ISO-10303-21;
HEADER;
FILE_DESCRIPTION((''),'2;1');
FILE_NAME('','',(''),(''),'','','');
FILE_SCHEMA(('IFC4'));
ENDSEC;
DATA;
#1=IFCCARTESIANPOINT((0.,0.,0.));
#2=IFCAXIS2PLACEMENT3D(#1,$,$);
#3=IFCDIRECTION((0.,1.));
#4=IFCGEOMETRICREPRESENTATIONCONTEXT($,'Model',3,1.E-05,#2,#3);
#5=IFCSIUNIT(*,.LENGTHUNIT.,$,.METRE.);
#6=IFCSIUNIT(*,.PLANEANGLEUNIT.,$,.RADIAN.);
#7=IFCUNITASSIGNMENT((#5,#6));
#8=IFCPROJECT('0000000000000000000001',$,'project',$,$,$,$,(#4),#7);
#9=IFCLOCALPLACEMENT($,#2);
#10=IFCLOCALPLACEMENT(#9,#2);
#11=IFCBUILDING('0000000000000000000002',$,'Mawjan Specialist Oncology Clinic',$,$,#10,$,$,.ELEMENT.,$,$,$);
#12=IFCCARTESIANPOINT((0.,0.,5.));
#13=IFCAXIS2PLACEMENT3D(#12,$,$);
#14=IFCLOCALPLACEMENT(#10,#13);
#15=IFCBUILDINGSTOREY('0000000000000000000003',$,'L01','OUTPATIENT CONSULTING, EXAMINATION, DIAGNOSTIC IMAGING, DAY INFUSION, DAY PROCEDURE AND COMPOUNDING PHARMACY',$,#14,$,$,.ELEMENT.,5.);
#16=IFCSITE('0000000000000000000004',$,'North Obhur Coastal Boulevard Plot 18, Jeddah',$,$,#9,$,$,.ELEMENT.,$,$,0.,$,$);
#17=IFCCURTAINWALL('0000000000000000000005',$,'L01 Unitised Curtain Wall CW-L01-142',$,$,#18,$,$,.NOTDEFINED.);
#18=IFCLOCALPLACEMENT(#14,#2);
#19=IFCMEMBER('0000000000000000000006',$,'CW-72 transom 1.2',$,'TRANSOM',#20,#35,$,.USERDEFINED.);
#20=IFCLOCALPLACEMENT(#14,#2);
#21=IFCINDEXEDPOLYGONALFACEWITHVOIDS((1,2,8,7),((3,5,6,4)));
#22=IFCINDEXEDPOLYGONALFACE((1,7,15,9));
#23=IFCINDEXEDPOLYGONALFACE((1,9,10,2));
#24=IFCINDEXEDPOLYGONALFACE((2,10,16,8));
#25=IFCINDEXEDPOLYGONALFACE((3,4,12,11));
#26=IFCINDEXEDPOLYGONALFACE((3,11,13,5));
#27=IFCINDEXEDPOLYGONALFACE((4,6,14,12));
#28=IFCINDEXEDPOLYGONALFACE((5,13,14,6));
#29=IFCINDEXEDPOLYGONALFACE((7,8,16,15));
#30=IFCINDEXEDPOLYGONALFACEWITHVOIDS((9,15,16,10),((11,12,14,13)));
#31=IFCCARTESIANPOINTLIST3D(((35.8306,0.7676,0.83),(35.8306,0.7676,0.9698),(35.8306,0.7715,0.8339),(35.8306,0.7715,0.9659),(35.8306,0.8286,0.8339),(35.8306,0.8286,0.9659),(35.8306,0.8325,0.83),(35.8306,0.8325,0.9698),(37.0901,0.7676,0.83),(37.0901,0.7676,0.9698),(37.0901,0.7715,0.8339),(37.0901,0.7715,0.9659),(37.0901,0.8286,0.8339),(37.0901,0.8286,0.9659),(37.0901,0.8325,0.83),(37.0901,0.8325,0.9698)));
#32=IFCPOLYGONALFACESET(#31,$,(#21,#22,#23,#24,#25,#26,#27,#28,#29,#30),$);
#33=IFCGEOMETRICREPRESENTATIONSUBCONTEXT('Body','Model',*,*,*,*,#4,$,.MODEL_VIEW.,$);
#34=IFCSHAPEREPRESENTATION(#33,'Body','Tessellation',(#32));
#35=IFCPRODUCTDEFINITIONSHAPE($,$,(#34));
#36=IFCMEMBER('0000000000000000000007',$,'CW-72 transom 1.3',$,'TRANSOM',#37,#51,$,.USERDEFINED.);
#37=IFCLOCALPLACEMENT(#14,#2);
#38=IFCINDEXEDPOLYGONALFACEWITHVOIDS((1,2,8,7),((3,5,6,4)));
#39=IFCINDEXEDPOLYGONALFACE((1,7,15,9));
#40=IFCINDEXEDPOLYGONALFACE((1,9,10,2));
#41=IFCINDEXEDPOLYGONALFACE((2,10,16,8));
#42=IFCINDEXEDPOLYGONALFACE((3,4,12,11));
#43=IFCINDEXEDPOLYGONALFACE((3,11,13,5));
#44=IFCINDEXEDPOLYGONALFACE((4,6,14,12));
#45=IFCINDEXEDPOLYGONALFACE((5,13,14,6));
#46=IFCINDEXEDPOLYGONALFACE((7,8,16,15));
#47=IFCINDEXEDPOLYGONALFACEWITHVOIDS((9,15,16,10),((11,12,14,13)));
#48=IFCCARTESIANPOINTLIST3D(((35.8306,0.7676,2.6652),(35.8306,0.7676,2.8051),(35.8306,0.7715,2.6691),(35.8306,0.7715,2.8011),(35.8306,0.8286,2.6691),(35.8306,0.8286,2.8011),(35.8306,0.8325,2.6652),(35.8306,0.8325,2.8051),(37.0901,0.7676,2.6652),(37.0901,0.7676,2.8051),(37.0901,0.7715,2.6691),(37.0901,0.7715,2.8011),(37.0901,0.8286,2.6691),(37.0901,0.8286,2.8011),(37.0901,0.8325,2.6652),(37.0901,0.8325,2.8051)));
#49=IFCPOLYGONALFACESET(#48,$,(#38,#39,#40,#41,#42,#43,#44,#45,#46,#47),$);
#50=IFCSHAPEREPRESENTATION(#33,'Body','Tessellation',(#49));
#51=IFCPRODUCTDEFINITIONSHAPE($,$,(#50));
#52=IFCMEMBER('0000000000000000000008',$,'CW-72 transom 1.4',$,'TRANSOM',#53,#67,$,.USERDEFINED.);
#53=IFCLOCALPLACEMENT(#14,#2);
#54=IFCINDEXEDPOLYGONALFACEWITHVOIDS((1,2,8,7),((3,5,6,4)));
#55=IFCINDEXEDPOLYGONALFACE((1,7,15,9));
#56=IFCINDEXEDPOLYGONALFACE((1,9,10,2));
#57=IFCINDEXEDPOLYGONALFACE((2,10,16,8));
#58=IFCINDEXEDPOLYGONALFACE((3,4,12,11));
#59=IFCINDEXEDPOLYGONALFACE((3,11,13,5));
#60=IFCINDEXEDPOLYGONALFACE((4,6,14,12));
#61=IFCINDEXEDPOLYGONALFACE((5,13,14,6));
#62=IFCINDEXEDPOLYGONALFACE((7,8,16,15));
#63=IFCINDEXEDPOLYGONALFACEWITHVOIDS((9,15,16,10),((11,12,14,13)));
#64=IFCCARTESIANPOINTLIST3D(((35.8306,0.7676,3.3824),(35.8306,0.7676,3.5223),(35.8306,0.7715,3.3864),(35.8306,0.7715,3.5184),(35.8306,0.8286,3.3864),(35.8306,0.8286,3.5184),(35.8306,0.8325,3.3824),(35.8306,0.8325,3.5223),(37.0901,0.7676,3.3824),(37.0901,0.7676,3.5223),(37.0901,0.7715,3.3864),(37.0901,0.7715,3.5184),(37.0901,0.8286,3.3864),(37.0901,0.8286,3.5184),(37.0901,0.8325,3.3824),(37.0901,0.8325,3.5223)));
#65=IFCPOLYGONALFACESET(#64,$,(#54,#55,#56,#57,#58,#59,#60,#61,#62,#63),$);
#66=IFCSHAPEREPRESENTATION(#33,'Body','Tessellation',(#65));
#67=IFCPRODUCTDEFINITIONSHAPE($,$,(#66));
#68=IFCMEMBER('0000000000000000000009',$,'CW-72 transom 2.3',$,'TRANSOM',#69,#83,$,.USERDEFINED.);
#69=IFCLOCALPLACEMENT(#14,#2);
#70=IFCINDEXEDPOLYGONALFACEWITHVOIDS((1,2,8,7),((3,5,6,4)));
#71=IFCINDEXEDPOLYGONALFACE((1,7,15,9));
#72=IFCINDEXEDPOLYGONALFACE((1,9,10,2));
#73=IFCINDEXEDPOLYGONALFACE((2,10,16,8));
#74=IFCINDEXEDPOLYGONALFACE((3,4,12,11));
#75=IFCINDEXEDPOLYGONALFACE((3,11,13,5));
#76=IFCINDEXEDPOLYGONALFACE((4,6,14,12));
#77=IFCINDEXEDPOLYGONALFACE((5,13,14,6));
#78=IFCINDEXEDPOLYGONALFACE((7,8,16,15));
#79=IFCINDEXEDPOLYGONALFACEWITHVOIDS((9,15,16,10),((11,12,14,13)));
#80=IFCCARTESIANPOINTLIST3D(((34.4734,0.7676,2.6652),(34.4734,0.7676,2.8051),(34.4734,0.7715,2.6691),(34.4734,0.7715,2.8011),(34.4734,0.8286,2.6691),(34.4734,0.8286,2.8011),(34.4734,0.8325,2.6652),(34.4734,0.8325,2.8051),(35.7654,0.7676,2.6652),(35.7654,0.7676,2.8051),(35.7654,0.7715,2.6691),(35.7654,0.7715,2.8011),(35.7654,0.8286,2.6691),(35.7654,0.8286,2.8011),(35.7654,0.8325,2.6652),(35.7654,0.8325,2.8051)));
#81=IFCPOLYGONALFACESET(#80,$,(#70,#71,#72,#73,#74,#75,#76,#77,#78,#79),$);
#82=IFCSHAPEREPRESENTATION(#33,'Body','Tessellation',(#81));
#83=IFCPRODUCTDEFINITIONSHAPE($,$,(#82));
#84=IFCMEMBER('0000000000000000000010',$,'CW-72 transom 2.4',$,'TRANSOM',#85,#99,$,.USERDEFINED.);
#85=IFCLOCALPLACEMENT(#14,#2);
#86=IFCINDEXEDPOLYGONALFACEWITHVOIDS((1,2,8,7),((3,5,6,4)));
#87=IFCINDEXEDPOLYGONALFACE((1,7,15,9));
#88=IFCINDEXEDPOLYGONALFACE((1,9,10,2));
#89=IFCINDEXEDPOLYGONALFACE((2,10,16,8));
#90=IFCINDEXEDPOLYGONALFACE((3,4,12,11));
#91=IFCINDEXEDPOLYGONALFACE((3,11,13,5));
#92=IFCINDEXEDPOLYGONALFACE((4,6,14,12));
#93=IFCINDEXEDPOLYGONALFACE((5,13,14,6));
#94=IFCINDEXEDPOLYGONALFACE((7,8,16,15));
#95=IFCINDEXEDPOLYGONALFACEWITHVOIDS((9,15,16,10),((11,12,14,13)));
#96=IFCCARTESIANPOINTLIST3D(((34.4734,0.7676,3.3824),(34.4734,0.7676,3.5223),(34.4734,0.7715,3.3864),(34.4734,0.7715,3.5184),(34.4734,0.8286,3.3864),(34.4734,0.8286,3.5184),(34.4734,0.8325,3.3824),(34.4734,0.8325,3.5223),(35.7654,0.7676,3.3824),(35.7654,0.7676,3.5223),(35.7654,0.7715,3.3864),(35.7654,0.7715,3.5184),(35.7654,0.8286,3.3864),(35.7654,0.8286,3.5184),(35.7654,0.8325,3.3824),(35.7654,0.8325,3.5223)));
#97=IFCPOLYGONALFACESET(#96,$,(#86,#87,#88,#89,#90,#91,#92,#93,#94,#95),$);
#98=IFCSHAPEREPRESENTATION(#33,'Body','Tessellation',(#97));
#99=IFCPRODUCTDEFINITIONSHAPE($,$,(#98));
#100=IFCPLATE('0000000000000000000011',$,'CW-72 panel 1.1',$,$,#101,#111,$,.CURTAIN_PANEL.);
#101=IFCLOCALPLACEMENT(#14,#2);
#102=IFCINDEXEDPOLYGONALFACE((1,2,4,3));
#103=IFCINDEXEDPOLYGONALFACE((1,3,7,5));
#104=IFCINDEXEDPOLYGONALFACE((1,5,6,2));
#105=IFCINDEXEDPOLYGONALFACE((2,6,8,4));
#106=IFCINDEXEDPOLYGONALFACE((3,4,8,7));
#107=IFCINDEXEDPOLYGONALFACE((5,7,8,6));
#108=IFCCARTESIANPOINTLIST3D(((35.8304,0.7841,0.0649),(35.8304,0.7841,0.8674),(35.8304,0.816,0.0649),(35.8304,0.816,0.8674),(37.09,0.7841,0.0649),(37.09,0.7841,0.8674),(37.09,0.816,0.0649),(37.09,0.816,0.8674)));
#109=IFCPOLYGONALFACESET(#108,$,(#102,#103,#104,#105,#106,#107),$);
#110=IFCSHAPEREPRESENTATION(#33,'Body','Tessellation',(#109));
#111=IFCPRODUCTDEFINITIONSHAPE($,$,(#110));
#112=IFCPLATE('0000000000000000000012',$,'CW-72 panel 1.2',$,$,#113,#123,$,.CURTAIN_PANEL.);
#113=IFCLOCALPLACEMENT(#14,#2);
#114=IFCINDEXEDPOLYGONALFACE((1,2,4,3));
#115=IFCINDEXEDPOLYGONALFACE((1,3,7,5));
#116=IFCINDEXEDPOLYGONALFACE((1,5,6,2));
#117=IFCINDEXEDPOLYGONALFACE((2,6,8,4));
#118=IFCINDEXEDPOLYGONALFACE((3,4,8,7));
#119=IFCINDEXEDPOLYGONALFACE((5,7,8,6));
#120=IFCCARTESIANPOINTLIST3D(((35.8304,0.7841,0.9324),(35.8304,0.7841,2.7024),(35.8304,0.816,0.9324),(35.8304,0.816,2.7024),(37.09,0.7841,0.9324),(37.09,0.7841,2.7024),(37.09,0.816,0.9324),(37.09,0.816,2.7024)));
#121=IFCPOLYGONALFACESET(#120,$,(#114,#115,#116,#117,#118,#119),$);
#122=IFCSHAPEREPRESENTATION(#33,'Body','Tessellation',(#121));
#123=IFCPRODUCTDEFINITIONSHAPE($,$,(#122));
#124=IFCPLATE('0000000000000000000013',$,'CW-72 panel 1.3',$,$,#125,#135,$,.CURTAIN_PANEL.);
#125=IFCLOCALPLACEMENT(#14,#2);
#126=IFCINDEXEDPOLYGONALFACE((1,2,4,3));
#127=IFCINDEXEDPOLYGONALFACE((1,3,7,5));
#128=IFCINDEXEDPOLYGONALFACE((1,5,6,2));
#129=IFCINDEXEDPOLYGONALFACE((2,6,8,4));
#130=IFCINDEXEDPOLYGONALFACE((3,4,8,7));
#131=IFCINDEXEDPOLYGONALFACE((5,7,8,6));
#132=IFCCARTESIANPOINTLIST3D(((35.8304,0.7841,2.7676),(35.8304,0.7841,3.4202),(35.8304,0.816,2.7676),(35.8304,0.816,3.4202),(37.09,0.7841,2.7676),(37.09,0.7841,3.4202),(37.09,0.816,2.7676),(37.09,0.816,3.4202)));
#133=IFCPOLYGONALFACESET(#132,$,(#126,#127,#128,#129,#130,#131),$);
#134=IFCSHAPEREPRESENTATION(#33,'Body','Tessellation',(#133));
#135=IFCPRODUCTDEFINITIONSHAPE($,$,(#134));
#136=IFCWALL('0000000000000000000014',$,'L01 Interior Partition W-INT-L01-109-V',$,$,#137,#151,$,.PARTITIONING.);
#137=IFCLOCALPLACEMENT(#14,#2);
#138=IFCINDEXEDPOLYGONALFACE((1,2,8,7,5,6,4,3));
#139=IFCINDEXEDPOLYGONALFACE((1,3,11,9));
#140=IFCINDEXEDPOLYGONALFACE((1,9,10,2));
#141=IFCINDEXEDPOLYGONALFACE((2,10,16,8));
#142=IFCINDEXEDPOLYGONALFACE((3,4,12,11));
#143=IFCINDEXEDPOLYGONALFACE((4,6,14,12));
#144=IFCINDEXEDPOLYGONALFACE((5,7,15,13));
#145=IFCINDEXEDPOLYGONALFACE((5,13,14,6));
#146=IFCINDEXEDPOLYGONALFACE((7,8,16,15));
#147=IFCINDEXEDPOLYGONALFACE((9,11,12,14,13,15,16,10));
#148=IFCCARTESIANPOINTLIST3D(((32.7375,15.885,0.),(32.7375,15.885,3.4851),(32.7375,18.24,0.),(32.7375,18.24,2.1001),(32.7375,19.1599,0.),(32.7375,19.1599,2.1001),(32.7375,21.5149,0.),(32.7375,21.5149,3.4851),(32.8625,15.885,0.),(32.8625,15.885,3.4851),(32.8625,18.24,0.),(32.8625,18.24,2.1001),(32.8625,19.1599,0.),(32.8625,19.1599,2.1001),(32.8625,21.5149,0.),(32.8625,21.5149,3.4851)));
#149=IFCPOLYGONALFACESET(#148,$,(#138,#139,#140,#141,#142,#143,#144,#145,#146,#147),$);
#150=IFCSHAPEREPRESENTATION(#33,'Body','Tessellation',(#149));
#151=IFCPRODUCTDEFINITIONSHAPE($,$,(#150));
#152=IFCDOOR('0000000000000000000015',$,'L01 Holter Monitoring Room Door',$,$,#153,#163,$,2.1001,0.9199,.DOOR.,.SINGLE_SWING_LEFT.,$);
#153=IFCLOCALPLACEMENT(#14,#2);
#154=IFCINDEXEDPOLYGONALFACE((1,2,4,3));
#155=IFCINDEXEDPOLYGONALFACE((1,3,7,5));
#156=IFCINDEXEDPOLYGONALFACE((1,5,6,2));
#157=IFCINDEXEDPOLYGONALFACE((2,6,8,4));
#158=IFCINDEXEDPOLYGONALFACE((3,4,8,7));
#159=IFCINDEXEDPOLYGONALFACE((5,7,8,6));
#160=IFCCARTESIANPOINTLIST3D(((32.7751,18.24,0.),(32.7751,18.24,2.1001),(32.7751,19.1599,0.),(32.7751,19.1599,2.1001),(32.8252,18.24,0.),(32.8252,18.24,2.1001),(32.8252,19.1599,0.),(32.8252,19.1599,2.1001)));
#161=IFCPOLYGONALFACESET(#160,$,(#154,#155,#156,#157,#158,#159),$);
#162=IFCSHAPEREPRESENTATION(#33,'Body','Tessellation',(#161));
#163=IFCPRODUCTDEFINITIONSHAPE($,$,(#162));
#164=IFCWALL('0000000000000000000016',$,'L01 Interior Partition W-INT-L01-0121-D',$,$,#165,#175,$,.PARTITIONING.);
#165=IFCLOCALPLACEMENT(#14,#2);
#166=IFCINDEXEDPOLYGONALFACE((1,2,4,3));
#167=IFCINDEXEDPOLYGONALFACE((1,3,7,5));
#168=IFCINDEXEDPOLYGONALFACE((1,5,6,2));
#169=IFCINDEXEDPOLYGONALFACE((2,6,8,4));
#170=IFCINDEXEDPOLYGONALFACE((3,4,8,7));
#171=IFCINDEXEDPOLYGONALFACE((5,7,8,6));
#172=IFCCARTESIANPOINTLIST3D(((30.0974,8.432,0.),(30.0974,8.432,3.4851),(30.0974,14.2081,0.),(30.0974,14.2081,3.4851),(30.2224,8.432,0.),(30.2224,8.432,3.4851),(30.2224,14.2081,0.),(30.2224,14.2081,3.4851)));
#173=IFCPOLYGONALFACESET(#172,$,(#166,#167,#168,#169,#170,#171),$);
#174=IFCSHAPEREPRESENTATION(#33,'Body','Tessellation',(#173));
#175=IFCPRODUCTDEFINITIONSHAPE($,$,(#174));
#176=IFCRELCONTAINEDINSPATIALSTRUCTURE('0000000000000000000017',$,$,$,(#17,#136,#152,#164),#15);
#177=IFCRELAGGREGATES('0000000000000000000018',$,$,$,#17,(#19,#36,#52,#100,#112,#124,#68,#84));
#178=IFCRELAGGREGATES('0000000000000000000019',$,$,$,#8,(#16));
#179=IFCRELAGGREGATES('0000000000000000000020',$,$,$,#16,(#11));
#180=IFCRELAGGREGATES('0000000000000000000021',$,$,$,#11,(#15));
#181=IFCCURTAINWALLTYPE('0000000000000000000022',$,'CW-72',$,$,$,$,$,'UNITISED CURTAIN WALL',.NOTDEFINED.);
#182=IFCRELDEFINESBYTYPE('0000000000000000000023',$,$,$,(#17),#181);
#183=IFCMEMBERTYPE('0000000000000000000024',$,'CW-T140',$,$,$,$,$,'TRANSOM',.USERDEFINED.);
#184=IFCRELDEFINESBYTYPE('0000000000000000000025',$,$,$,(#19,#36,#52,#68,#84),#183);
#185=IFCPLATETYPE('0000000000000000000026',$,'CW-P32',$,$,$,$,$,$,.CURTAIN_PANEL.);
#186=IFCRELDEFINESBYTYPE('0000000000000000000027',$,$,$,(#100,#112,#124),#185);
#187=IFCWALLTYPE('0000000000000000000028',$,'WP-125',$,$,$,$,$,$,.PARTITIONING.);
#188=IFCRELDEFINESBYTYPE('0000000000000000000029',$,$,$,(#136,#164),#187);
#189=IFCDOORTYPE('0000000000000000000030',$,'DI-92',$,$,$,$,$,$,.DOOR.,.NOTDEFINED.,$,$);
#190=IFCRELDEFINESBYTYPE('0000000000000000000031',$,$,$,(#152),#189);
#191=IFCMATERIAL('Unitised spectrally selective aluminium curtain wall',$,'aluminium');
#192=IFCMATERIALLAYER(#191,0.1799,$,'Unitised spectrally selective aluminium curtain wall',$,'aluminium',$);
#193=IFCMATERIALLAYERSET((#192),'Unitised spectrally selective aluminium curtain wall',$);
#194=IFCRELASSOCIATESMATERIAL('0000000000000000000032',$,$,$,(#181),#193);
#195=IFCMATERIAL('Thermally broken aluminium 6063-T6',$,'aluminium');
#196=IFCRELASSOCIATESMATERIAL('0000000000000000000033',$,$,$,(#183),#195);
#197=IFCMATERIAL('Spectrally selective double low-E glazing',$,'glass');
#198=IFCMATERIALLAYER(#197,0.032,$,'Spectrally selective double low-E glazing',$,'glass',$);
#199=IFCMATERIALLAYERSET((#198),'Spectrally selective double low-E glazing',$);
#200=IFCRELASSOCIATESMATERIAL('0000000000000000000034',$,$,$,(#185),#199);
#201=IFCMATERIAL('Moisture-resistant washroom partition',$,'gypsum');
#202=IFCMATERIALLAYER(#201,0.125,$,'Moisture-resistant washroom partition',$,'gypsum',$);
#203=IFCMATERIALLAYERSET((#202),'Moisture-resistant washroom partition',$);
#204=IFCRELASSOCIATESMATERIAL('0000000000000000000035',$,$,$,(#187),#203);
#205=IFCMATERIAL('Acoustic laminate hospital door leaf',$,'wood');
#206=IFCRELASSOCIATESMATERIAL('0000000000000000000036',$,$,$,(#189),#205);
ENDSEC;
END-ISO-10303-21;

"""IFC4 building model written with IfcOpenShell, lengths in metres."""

from ifc_helpers import new_model, si_unit, direction, frame, frame_2d, origin, origin_2d, place, context, subcontext, project, spatial, rectangle, hollow_rectangle, extrude, material, layer, layer_set, material_profile, profile_set, type_object, element, fill, aggregate, save


model = new_model("IFC4")

# Units and contexts
model_context = context("Model", 3, precision=1e-05, world=origin(), true_north=direction((0.0, 1.0)))
body_context = subcontext(model_context, "Body", "Model", "MODEL_VIEW")
ifc_project = project(units=[si_unit("LENGTHUNIT", "METRE"), si_unit("PLANEANGLEUNIT", "RADIAN")], contexts=[model_context])

# Site, building, storey
site_placement = place(None, origin())
site = spatial("IfcSite", under=ifc_project, at=site_placement, Name="North Obhur Coastal Boulevard Plot 18, Jeddah", CompositionType="ELEMENT", RefElevation=0.0)
building_placement = place(site_placement, origin())
building = spatial("IfcBuilding", under=site, at=building_placement, Name="Mawjan Specialist Oncology Clinic", CompositionType="ELEMENT")
storey_placement = place(building_placement, frame((0.0, 0.0, 5.0)))
storey = spatial("IfcBuildingStorey", under=building, at=storey_placement, Name="L01", Description="OUTPATIENT CONSULTING, EXAMINATION, DIAGNOSTIC IMAGING, DAY INFUSION, DAY PROCEDURE AND COMPOUNDING PHARMACY", CompositionType="ELEMENT", Elevation=5.0)

# Curtain wall, members, plates
ifc_material_1 = material(Name="Unitised spectrally selective aluminium curtain wall", Category="aluminium")
ifc_layer_1 = layer(ifc_material_1, 0.1799, Name="Unitised spectrally selective aluminium curtain wall", Category="aluminium")
ifc_layer_set_1 = layer_set([ifc_layer_1], Name="Unitised spectrally selective aluminium curtain wall")
curtain_wall_type = type_object("IfcCurtainWallType", Name="CW-72", ElementType="UNITISED CURTAIN WALL", PredefinedType="NOTDEFINED", material=ifc_layer_set_1)
curtain_wall_placement = place(storey_placement, origin())
curtain_wall = element("IfcCurtainWall", 1, at=curtain_wall_placement, inside=storey, type_object=curtain_wall_type, Name="L01 Unitised Curtain Wall CW-L01-142", PredefinedType="NOTDEFINED")
ifc_material_2 = material(Name="Thermally broken aluminium 6063-T6", Category="aluminium")
ifc_material_profile_1 = material_profile(ifc_material_2, hollow_rectangle(XDim=0.0649, YDim=0.1399, WallThickness=0.0039, at=origin_2d()), Name="ALU TRANSOM 140x65x4", Category="aluminium")
ifc_profile_set_1 = profile_set([ifc_material_profile_1], Name="Thermally broken aluminium 6063-T6")
member_type_1 = type_object("IfcMemberType", Name="CW-T140", ElementType="TRANSOM", PredefinedType="USERDEFINED", material=ifc_profile_set_1)
member_1_placement = place(storey_placement, frame((37.0901, 0.8, 0.8999), z_axis=(-1.0, 0.0, 0.0), x_axis=(0.0, -1.0, 0.0)))
member_1 = element("IfcMember", 2, at=member_1_placement, type_object=member_type_1, Name="CW-72 transom 1.2", ObjectType="TRANSOM", PredefinedType="USERDEFINED", context=body_context, shape_type="SweptSolid", body=[
    extrude(hollow_rectangle(XDim=0.0649, YDim=0.1399, WallThickness=0.0039, at=origin_2d()), origin(), (0.0, 0.0, 1.0), 1.2595),
])
member_2_placement = place(storey_placement, frame((37.0901, 0.8, 2.7351), z_axis=(-1.0, 0.0, 0.0), x_axis=(0.0, -1.0, 0.0)))
member_2 = element("IfcMember", 3, at=member_2_placement, type_object=member_type_1, Name="CW-72 transom 1.3", ObjectType="TRANSOM", PredefinedType="USERDEFINED", context=body_context, shape_type="SweptSolid", body=[
    extrude(hollow_rectangle(XDim=0.0649, YDim=0.1399, WallThickness=0.0039, at=origin_2d()), origin(), (0.0, 0.0, 1.0), 1.2595),
])
member_3_placement = place(storey_placement, frame((37.0901, 0.8, 3.4524), z_axis=(-1.0, 0.0, 0.0), x_axis=(0.0, -1.0, 0.0)))
member_3 = element("IfcMember", 4, at=member_3_placement, type_object=member_type_1, Name="CW-72 transom 1.4", ObjectType="TRANSOM", PredefinedType="USERDEFINED", context=body_context, shape_type="SweptSolid", body=[
    extrude(hollow_rectangle(XDim=0.0649, YDim=0.1399, WallThickness=0.0039, at=origin_2d()), origin(), (0.0, 0.0, 1.0), 1.2595),
])
member_4_placement = place(storey_placement, frame((35.7654, 0.8, 2.7351), z_axis=(-1.0, 0.0, 0.0), x_axis=(0.0, -1.0, 0.0)))
member_4 = element("IfcMember", 5, at=member_4_placement, type_object=member_type_1, Name="CW-72 transom 2.3", ObjectType="TRANSOM", PredefinedType="USERDEFINED", context=body_context, shape_type="SweptSolid", body=[
    extrude(hollow_rectangle(XDim=0.0649, YDim=0.1399, WallThickness=0.0039, at=origin_2d()), origin(), (0.0, 0.0, 1.0), 1.292),
])
member_5_placement = place(storey_placement, frame((35.7654, 0.8, 3.4524), z_axis=(-1.0, 0.0, 0.0), x_axis=(0.0, -1.0, 0.0)))
member_5 = element("IfcMember", 6, at=member_5_placement, type_object=member_type_1, Name="CW-72 transom 2.4", ObjectType="TRANSOM", PredefinedType="USERDEFINED", context=body_context, shape_type="SweptSolid", body=[
    extrude(hollow_rectangle(XDim=0.0649, YDim=0.1399, WallThickness=0.0039, at=origin_2d()), origin(), (0.0, 0.0, 1.0), 1.292),
])
ifc_material_3 = material(Name="Spectrally selective double low-E glazing", Category="glass")
ifc_layer_2 = layer(ifc_material_3, 0.032, Name="Spectrally selective double low-E glazing", Category="glass")
ifc_layer_set_2 = layer_set([ifc_layer_2], Name="Spectrally selective double low-E glazing")
plate_type = type_object("IfcPlateType", Name="CW-P32", PredefinedType="CURTAIN_PANEL", material=ifc_layer_set_2)
plate_1_placement = place(storey_placement, frame((36.4602, 0.8, 0.0649), z_axis=(0.0, 0.0, 1.0), x_axis=(-1.0, 0.0, 0.0)))
plate_1 = element("IfcPlate", 7, at=plate_1_placement, type_object=plate_type, Name="CW-72 panel 1.1", PredefinedType="CURTAIN_PANEL", context=body_context, shape_type="SweptSolid", body=[
    extrude(rectangle(XDim=1.2595, YDim=0.032, at=origin_2d()), origin(), (0.0, 0.0, 1.0), 0.8025),
])
plate_2_placement = place(storey_placement, frame((36.4602, 0.8, 0.9324), z_axis=(0.0, 0.0, 1.0), x_axis=(-1.0, 0.0, 0.0)))
plate_2 = element("IfcPlate", 8, at=plate_2_placement, type_object=plate_type, Name="CW-72 panel 1.2", PredefinedType="CURTAIN_PANEL", context=body_context, shape_type="SweptSolid", body=[
    extrude(rectangle(XDim=1.2595, YDim=0.032, at=origin_2d()), origin(), (0.0, 0.0, 1.0), 1.77),
])
plate_3_placement = place(storey_placement, frame((36.4602, 0.8, 2.7676), z_axis=(0.0, 0.0, 1.0), x_axis=(-1.0, 0.0, 0.0)))
plate_3 = element("IfcPlate", 9, at=plate_3_placement, type_object=plate_type, Name="CW-72 panel 1.3", PredefinedType="CURTAIN_PANEL", context=body_context, shape_type="SweptSolid", body=[
    extrude(rectangle(XDim=1.2595, YDim=0.032, at=origin_2d()), origin(), (0.0, 0.0, 1.0), 0.6526),
])
aggregate(curtain_wall, [member_1, member_2, member_3, plate_1, plate_2, plate_3, member_4, member_5])

# Wall, opening, door
ifc_material_4 = material(Name="Moisture-resistant washroom partition", Category="gypsum")
ifc_layer_3 = layer(ifc_material_4, 0.125, Name="Moisture-resistant washroom partition", Category="gypsum")
ifc_layer_set_3 = layer_set([ifc_layer_3], Name="Moisture-resistant washroom partition")
wall_type_1 = type_object("IfcWallType", Name="WP-125", PredefinedType="PARTITIONING", material=ifc_layer_set_3)
wall_1_placement = place(storey_placement, frame((32.8, 15.885, 0.0), z_axis=(0.0, 0.0, 1.0), x_axis=(0.0, 1.0, 0.0)))
wall_1 = element("IfcWall", 10, at=wall_1_placement, inside=storey, type_object=wall_type_1, Name="L01 Interior Partition W-INT-L01-109-V", PredefinedType="PARTITIONING", context=body_context, shape_type="SweptSolid", body=[
    extrude(rectangle(XDim=5.6299, YDim=0.125, at=frame_2d((2.8149, 0.0))), origin(), (0.0, 0.0, 1.0), 3.4851),
])
opening_1_placement = place(wall_1_placement, frame((2.355, 0.0, 0.0)))
opening_1 = element("IfcOpeningElement", 11, at=opening_1_placement, cuts=wall_1, PredefinedType="OPENING", context=body_context, shape_type="SweptSolid", body=[
    extrude(rectangle(XDim=0.9199, YDim=2.1001, at=frame_2d((0.46, 1.05))), frame((0.0, 0.0745, 0.0), z_axis=(0.0, -1.0, 0.0), x_axis=(1.0, 0.0, 0.0)), (0.0, 0.0, 1.0), 0.1489),
])
ifc_material_5 = material(Name="Acoustic laminate hospital door leaf", Category="wood")
door_type_1 = type_object("IfcDoorType", Name="DI-92", OperationType="NOTDEFINED", PredefinedType="DOOR", material=ifc_material_5)
door_1_placement = place(opening_1_placement, origin())
door_1 = element("IfcDoor", 12, at=door_1_placement, inside=storey, type_object=door_type_1, Name="L01 Holter Monitoring Room Door", OperationType="SINGLE_SWING_LEFT", OverallHeight=2.1001, OverallWidth=0.9199, PredefinedType="DOOR", context=body_context, shape_type="SweptSolid", body=[
    extrude(rectangle(XDim=0.9199, YDim=2.1001, at=frame_2d((0.46, 1.05))), frame((0.0, 0.0249, 0.0), z_axis=(0.0, -1.0, 0.0), x_axis=(1.0, 0.0, 0.0)), (0.0, 0.0, 1.0), 0.05),
])
fill(opening_1, door_1)

# Wall
wall_2_placement = place(storey_placement, frame((30.1599, 8.4319, 0.0), z_axis=(0.0, 0.0, 1.0), x_axis=(0.0, 1.0, 0.0)))
element("IfcWall", 13, at=wall_2_placement, inside=storey, type_object=wall_type_1, Name="L01 Interior Partition W-INT-L01-0121-D", PredefinedType="PARTITIONING", context=body_context, shape_type="SweptSolid", body=[
    extrude(rectangle(XDim=5.7761, YDim=0.125, at=frame_2d((2.8882, 0.0))), origin(), (0.0, 0.0, 1.0), 3.4851),
])

save(model, "model.ifc")
